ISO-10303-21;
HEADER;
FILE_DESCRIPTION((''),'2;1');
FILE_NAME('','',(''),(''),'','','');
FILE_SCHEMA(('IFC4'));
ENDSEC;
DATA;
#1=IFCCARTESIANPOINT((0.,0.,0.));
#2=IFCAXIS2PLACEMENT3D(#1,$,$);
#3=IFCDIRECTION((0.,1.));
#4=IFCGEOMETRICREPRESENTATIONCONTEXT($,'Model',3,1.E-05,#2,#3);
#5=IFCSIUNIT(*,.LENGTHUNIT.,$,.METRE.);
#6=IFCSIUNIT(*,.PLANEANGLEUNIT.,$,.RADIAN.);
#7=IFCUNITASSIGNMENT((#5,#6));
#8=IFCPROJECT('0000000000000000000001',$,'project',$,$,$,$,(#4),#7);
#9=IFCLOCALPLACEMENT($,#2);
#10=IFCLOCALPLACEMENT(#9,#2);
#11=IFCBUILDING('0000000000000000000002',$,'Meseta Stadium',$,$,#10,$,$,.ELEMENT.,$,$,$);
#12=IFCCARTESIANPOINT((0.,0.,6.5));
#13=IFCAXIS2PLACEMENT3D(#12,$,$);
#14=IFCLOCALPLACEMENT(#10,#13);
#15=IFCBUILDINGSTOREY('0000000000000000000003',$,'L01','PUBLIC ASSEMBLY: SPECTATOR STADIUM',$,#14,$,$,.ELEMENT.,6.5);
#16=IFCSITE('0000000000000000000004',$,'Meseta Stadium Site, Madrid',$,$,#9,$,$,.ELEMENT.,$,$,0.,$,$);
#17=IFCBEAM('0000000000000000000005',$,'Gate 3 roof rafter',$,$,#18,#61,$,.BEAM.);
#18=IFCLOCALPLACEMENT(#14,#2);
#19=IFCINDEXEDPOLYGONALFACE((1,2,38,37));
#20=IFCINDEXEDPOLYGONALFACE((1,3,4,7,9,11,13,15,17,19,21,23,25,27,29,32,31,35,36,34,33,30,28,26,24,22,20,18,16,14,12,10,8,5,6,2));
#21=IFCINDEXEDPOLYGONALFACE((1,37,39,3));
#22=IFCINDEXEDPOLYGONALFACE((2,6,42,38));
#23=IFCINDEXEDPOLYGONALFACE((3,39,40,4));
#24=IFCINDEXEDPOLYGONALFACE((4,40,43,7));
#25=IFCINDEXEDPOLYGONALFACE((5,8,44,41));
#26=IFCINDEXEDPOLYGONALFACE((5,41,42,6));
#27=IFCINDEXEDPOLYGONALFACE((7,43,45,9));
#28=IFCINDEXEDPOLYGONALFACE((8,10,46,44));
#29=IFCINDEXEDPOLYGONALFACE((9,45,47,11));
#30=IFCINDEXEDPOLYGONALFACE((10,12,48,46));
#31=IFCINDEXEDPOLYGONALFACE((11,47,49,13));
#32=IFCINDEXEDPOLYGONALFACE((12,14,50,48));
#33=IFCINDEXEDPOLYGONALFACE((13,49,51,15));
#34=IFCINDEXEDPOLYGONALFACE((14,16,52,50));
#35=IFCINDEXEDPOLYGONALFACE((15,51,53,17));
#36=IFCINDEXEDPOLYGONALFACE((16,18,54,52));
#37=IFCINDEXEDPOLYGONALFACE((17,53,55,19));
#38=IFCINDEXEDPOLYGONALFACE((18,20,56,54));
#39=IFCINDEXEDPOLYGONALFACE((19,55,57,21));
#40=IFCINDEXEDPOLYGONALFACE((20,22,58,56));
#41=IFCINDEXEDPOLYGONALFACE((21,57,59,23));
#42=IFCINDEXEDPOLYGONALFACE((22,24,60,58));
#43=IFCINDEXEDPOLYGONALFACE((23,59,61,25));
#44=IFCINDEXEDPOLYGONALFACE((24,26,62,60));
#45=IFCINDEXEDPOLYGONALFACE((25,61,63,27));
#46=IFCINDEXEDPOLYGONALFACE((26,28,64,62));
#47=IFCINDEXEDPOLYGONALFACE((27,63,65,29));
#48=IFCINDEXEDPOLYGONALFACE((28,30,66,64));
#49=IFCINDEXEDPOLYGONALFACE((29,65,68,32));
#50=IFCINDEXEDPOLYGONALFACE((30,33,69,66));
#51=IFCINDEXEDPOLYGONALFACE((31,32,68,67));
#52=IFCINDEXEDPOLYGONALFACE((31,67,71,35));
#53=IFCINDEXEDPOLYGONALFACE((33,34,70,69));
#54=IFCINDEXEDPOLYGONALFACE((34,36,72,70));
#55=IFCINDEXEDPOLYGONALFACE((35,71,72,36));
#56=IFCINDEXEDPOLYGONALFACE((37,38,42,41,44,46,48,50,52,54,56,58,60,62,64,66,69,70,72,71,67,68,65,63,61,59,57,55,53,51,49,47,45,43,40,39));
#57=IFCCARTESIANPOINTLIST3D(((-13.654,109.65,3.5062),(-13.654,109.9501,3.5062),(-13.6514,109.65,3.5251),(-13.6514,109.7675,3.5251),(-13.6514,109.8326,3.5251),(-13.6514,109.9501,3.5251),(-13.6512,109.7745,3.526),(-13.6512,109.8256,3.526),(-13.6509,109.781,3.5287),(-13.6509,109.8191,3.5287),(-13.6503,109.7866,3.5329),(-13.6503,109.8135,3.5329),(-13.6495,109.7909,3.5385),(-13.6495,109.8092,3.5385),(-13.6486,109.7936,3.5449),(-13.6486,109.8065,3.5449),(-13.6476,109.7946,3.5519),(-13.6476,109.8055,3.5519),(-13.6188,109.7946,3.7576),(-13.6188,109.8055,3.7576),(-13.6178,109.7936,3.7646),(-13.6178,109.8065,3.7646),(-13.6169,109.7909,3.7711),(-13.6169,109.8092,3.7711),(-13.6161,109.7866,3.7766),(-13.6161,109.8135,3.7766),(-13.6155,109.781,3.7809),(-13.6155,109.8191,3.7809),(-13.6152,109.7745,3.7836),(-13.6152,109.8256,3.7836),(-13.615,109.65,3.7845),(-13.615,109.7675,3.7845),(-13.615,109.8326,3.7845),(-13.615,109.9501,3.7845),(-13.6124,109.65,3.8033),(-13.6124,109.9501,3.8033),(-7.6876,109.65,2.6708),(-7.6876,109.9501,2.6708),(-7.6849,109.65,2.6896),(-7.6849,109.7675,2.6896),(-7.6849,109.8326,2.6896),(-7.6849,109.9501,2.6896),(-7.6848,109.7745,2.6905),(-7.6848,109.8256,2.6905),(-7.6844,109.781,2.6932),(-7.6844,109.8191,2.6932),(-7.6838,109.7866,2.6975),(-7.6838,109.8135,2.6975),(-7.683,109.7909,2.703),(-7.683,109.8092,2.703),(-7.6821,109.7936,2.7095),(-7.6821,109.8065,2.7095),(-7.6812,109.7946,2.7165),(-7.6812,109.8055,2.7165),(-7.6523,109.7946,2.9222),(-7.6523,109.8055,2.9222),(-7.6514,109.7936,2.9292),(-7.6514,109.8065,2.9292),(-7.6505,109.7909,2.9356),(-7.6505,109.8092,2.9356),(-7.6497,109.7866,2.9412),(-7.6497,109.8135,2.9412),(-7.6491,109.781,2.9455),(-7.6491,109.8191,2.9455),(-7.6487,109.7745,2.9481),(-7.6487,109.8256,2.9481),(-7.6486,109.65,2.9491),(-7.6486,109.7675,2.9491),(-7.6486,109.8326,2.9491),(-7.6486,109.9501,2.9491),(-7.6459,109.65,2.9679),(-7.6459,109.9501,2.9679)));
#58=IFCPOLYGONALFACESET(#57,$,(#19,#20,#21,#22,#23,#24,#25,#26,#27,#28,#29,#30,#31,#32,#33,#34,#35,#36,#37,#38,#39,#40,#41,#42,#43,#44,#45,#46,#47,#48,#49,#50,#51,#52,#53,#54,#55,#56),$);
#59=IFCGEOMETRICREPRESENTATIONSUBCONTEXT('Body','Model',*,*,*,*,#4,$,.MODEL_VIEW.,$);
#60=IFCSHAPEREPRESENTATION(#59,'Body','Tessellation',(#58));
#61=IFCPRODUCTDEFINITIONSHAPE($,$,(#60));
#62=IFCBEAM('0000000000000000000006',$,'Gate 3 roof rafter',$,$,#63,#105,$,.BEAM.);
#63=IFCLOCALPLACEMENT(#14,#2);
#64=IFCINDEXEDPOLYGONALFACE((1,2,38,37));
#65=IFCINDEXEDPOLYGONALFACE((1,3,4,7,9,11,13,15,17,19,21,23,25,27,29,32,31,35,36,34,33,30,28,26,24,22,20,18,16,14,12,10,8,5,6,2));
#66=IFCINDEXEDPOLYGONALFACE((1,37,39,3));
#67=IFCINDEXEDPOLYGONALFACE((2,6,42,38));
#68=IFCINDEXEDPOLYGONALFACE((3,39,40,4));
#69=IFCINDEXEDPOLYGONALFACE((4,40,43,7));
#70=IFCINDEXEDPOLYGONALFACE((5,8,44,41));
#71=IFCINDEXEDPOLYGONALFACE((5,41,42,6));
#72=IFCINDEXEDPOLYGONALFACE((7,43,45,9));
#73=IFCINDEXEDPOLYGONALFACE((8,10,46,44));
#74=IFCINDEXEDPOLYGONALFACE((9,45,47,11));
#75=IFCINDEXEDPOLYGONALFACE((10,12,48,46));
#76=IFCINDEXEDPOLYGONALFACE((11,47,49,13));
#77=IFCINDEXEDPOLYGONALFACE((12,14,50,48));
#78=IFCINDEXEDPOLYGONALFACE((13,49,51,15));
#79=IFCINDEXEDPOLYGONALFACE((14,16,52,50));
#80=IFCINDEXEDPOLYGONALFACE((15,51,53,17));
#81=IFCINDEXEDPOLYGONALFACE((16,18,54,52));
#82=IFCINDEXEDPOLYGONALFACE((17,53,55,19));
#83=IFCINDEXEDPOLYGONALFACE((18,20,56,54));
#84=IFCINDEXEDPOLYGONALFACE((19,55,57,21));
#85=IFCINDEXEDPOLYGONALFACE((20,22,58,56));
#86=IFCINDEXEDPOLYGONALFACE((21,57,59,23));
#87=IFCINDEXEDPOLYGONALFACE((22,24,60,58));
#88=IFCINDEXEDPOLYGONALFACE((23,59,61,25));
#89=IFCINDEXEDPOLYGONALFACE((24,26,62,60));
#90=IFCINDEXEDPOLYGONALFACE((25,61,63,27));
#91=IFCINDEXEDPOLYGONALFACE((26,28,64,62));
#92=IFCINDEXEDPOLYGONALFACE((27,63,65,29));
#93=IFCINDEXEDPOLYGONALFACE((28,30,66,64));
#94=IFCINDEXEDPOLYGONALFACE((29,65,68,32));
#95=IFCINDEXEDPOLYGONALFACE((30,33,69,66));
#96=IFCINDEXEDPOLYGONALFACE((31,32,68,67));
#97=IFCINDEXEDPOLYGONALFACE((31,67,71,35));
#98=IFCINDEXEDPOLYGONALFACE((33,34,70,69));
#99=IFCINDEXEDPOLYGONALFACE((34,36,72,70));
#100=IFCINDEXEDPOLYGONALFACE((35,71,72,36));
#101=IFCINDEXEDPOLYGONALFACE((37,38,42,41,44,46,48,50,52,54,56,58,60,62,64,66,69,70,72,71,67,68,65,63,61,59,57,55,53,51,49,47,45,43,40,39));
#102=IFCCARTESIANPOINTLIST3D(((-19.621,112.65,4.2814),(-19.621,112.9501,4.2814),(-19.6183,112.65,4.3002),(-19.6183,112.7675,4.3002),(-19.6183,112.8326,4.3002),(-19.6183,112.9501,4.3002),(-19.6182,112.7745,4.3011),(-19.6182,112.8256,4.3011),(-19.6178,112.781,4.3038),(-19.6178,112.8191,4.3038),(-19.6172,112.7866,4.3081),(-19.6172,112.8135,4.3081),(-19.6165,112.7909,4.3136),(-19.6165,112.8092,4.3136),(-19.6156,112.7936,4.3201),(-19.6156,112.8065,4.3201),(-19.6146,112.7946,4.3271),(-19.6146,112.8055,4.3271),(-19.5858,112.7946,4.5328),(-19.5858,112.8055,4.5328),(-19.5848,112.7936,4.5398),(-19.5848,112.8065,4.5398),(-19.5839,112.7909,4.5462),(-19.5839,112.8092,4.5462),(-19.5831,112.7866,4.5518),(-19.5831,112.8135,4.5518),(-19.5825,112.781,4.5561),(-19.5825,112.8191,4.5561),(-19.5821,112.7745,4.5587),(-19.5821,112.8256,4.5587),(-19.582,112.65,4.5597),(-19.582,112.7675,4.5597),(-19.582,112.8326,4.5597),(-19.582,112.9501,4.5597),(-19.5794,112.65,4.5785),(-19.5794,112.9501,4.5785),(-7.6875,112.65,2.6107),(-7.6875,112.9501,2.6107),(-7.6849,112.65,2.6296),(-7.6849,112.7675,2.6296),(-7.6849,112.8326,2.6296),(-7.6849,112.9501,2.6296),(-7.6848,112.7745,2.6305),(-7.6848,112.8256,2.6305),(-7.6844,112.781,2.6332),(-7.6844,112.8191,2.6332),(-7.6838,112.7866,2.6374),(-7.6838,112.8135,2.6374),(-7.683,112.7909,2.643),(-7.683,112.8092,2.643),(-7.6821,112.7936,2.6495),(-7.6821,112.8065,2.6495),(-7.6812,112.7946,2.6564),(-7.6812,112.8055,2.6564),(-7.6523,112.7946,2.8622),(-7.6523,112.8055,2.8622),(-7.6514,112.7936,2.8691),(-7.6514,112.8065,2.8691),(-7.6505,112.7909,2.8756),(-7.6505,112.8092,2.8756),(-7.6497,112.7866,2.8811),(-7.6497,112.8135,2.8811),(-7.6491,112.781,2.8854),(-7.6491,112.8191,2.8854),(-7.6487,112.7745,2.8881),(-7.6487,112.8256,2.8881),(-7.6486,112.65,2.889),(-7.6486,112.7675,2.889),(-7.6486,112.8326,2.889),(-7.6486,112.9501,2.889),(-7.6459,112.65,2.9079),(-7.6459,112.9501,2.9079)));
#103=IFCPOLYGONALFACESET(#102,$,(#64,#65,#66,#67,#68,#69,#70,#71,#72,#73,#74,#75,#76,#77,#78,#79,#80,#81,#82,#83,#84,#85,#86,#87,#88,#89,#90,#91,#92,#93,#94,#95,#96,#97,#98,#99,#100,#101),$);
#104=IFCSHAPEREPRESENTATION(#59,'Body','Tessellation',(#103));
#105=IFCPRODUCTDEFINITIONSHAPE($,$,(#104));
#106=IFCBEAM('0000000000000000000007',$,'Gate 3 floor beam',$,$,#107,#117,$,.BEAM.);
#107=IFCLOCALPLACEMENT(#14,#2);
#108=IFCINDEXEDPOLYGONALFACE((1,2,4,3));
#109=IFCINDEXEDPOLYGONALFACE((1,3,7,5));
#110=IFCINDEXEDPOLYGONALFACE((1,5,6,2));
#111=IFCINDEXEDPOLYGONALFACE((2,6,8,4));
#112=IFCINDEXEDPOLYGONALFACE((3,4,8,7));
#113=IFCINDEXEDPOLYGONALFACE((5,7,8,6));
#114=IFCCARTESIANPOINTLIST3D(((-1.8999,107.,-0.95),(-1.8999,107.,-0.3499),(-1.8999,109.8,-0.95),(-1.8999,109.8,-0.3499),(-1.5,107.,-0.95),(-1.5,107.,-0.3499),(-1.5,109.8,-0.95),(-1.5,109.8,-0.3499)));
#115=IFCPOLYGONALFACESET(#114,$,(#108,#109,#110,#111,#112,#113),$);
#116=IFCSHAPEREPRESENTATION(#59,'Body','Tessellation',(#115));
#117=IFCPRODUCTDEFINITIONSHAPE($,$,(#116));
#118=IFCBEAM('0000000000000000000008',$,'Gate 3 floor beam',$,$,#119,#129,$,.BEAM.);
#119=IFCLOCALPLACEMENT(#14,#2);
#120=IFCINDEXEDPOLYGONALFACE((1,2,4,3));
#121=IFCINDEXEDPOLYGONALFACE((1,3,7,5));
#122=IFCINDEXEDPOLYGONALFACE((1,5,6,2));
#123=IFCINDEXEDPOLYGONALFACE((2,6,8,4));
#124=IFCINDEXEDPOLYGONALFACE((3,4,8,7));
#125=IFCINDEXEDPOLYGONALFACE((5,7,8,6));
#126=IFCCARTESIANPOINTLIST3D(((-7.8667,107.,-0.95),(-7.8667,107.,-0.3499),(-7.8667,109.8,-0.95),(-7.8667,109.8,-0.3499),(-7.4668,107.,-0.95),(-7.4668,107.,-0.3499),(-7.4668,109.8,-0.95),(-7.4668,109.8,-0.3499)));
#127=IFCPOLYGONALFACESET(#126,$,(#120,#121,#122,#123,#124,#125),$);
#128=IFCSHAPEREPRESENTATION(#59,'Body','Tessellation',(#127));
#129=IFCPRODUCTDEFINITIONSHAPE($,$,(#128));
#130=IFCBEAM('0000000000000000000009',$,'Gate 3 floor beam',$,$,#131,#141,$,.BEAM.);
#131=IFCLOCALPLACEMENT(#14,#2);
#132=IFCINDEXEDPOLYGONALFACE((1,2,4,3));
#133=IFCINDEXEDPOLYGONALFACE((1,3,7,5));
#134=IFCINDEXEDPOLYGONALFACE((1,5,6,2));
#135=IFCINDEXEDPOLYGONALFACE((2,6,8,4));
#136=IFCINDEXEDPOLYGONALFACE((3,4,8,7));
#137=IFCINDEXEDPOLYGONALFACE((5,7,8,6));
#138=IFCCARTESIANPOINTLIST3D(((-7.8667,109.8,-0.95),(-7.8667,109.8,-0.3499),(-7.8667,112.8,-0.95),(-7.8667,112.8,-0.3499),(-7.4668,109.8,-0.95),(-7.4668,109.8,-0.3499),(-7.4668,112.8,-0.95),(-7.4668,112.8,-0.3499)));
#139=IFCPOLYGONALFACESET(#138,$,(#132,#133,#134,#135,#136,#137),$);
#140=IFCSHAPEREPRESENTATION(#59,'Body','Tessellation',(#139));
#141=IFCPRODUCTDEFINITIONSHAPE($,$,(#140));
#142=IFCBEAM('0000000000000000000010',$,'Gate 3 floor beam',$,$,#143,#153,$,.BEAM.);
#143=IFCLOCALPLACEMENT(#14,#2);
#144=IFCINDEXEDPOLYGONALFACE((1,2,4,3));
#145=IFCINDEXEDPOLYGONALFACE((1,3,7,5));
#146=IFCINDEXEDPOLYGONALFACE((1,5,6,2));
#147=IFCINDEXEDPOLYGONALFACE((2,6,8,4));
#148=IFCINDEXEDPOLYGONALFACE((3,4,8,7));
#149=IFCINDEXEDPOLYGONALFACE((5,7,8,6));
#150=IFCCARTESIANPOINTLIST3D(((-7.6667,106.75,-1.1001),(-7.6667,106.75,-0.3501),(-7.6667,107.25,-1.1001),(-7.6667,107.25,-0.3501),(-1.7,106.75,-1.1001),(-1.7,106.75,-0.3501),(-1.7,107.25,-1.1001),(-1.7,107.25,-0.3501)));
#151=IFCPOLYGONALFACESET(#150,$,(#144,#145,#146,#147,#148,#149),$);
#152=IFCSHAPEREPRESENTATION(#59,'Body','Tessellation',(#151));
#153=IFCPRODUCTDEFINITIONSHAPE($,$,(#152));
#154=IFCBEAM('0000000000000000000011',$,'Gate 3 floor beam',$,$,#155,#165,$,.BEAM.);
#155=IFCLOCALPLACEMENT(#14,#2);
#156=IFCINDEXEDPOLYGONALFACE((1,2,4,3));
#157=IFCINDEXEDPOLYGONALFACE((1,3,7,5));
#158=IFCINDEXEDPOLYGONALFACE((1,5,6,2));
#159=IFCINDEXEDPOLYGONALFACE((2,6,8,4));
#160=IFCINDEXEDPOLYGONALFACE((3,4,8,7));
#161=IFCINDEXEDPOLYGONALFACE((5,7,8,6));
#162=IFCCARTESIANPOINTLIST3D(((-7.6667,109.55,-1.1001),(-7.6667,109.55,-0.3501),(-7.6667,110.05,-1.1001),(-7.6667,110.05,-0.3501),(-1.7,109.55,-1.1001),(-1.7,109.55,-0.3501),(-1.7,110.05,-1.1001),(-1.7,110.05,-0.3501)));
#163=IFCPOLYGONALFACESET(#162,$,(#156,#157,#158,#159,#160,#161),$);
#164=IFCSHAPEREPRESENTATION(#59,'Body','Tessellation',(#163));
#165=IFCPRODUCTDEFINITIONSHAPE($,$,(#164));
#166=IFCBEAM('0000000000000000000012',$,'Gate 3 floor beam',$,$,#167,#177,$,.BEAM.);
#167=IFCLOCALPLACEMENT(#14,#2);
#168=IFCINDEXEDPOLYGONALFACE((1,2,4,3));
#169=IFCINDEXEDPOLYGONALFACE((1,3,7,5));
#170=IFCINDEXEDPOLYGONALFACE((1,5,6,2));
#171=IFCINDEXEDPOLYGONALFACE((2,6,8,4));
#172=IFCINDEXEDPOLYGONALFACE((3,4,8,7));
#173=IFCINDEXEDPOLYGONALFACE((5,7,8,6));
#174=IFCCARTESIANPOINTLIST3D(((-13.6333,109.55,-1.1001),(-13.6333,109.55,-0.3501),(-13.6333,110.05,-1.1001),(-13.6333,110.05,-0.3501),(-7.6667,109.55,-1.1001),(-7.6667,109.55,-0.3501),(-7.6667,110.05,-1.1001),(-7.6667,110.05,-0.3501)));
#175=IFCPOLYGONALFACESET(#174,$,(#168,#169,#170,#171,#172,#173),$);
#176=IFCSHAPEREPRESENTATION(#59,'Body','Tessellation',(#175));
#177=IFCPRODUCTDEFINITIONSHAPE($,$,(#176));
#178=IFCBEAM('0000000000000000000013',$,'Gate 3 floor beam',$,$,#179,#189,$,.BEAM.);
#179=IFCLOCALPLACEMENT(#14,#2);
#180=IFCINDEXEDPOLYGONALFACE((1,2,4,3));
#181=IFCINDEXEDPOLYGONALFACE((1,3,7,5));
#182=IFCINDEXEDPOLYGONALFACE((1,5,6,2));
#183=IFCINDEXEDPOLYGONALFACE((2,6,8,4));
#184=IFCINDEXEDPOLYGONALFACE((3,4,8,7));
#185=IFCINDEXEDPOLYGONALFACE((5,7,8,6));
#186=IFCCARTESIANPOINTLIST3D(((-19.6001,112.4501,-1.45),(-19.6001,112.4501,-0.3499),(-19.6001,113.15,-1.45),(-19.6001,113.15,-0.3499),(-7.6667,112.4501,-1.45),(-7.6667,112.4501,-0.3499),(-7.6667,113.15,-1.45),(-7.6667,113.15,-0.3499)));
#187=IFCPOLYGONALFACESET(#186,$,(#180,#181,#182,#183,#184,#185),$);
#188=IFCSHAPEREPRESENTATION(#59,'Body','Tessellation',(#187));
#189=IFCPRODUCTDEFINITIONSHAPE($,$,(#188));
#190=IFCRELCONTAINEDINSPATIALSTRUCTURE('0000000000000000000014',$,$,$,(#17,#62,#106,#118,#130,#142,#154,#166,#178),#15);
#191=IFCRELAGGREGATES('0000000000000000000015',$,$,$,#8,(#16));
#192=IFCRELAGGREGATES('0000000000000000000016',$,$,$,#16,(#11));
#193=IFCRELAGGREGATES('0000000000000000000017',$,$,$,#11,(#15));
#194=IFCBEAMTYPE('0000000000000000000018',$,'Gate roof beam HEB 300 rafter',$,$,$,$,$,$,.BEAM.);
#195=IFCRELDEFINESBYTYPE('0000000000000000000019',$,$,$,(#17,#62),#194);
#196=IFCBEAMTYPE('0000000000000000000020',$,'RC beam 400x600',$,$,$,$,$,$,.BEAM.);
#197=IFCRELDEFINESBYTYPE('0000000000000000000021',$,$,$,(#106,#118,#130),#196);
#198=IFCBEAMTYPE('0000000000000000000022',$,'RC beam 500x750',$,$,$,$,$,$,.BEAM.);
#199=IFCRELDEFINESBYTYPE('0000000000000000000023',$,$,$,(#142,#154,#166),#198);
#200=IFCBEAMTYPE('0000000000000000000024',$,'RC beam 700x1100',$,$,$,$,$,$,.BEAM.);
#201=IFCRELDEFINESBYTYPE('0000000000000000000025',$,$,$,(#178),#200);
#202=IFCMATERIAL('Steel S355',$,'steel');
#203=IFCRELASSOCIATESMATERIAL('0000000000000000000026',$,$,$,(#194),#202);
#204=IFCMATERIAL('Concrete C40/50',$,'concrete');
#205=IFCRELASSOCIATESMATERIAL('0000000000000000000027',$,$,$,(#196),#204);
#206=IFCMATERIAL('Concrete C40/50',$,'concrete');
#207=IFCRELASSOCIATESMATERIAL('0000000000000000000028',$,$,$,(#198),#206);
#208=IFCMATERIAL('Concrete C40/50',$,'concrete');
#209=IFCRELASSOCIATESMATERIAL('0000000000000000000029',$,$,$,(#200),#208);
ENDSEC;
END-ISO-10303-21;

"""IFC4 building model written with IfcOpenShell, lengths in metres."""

from ifc_helpers import new_model, si_unit, direction, frame, origin, origin_2d, place, context, subcontext, project, spatial, rectangle, i_section, extrude, material, material_profile, profile_set, type_object, element, save


model = new_model("IFC4")

# Units and contexts
model_context = context("Model", 3, precision=1e-05, world=origin(), true_north=direction((0.0, 1.0)))
body_context = subcontext(model_context, "Body", "Model", "MODEL_VIEW")
ifc_project = project(units=[si_unit("LENGTHUNIT", "METRE"), si_unit("PLANEANGLEUNIT", "RADIAN")], contexts=[model_context])

# Site, building, storey
site_placement = place(None, origin())
site = spatial("IfcSite", under=ifc_project, at=site_placement, Name="Meseta Stadium Site, Madrid", CompositionType="ELEMENT", RefElevation=0.0)
building_placement = place(site_placement, origin())
building = spatial("IfcBuilding", under=site, at=building_placement, Name="Meseta Stadium", CompositionType="ELEMENT")
storey_placement = place(building_placement, frame((0.0, 0.0, 6.5)))
storey = spatial("IfcBuildingStorey", under=building, at=storey_placement, Name="L01", Description="PUBLIC ASSEMBLY: SPECTATOR STADIUM", CompositionType="ELEMENT", Elevation=6.5)

# Beams
ifc_material_1 = material(Name="Steel S355", Category="steel")
ifc_material_profile_1 = material_profile(ifc_material_1, i_section(OverallWidth=0.3, OverallDepth=0.3, WebThickness=0.011, FlangeThickness=0.019, FilletRadius=0.0271, at=origin_2d()), Name="HEB 300")
ifc_profile_set_1 = profile_set([ifc_material_profile_1], Name="Steel S355")
beam_type_1 = type_object("IfcBeamType", Name="Gate roof beam HEB 300 rafter", PredefinedType="BEAM", material=ifc_profile_set_1)
beam_1_placement = place(storey_placement, frame((-7.6667, 109.8, 2.8193), z_axis=(-0.990339, 0.0, 0.138669), x_axis=(0.0, -1.0, 0.0)))
element("IfcBeam", 1, at=beam_1_placement, inside=storey, type_object=beam_type_1, Name="Gate 3 roof rafter", PredefinedType="BEAM", context=body_context, shape_type="SweptSolid", body=[
    extrude(i_section(OverallWidth=0.3, OverallDepth=0.3, WebThickness=0.011, FlangeThickness=0.019, FilletRadius=0.0271, at=origin_2d()), origin(), (0.0, 0.0, 1.0), 6.0247),
])
beam_2_placement = place(storey_placement, frame((-7.6667, 112.8, 2.7593), z_axis=(-0.990342, 0.0, 0.138647), x_axis=(0.0, -1.0, 0.0)))
element("IfcBeam", 2, at=beam_2_placement, inside=storey, type_object=beam_type_1, Name="Gate 3 roof rafter", PredefinedType="BEAM", context=body_context, shape_type="SweptSolid", body=[
    extrude(i_section(OverallWidth=0.3, OverallDepth=0.3, WebThickness=0.011, FlangeThickness=0.019, FilletRadius=0.0271, at=origin_2d()), origin(), (0.0, 0.0, 1.0), 12.0498),
])
ifc_material_2 = material(Name="Concrete C40/50", Category="concrete")
ifc_material_profile_2 = material_profile(ifc_material_2, rectangle(XDim=0.3999, YDim=0.6001, at=origin_2d()), Name="RC 400x600")
ifc_profile_set_2 = profile_set([ifc_material_profile_2], Name="Concrete C40/50")
beam_type_2 = type_object("IfcBeamType", Name="RC beam 400x600", PredefinedType="BEAM", material=ifc_profile_set_2)
for number, where, z_axis, x_axis, name in (
    (3, (-1.7, 107.0, -0.6499), (0.0, 1.0, 0.0), (-1.0, 0.0, 0.0), "Gate 3 floor beam"),
    (4, (-7.6667, 107.0, -0.6499), (0.0, 1.0, 0.0), (-1.0, 0.0, 0.0), "Gate 3 floor beam"),
):
    element("IfcBeam", number, at=place(storey_placement, frame(where, z_axis=z_axis, x_axis=x_axis)), inside=storey, type_object=beam_type_2, Name=name, PredefinedType="BEAM", context=body_context, shape_type="SweptSolid", body=[
        extrude(rectangle(XDim=0.3999, YDim=0.6001, at=origin_2d()), origin(), (0.0, 0.0, 1.0), 2.8),
    ])
beam_3_placement = place(storey_placement, frame((-7.6667, 109.8, -0.6499), z_axis=(0.0, 1.0, 0.0), x_axis=(-1.0, 0.0, 0.0)))
element("IfcBeam", 5, at=beam_3_placement, inside=storey, type_object=beam_type_2, Name="Gate 3 floor beam", PredefinedType="BEAM", context=body_context, shape_type="SweptSolid", body=[
    extrude(rectangle(XDim=0.3999, YDim=0.6001, at=origin_2d()), origin(), (0.0, 0.0, 1.0), 3.0),
])
ifc_material_3 = material(Name="Concrete C40/50", Category="concrete")
ifc_material_profile_3 = material_profile(ifc_material_3, rectangle(XDim=0.5, YDim=0.75, at=origin_2d()), Name="RC 500x750")
ifc_profile_set_3 = profile_set([ifc_material_profile_3], Name="Concrete C40/50")
beam_type_3 = type_object("IfcBeamType", Name="RC beam 500x750", PredefinedType="BEAM", material=ifc_profile_set_3)
for number, where, z_axis, x_axis, name in (
    (6, (-1.7, 107.0, -0.7251), (-1.0, 0.0, 0.0), (0.0, -1.0, 0.0), "Gate 3 floor beam"),
    (7, (-1.7, 109.8, -0.7251), (-1.0, 0.0, 0.0), (0.0, -1.0, 0.0), "Gate 3 floor beam"),
):
    element("IfcBeam", number, at=place(storey_placement, frame(where, z_axis=z_axis, x_axis=x_axis)), inside=storey, type_object=beam_type_3, Name=name, PredefinedType="BEAM", context=body_context, shape_type="SweptSolid", body=[
        extrude(rectangle(XDim=0.5, YDim=0.75, at=origin_2d()), origin(), (0.0, 0.0, 1.0), 5.9668),
    ])
beam_4_placement = place(storey_placement, frame((-7.6667, 109.8, -0.7251), z_axis=(-1.0, 0.0, 0.0), x_axis=(0.0, -1.0, 0.0)))
element("IfcBeam", 8, at=beam_4_placement, inside=storey, type_object=beam_type_3, Name="Gate 3 floor beam", PredefinedType="BEAM", context=body_context, shape_type="SweptSolid", body=[
    extrude(rectangle(XDim=0.5, YDim=0.75, at=origin_2d()), origin(), (0.0, 0.0, 1.0), 5.9666),
])
ifc_material_4 = material(Name="Concrete C40/50", Category="concrete")
ifc_material_profile_4 = material_profile(ifc_material_4, rectangle(XDim=0.7, YDim=1.1001, at=origin_2d()), Name="RC 700x1100")
ifc_profile_set_4 = profile_set([ifc_material_profile_4], Name="Concrete C40/50")
beam_type_4 = type_object("IfcBeamType", Name="RC beam 700x1100", PredefinedType="BEAM", material=ifc_profile_set_4)
beam_5_placement = place(storey_placement, frame((-7.6667, 112.8, -0.8999), z_axis=(-1.0, 0.0, 0.0), x_axis=(0.0, -1.0, 0.0)))
element("IfcBeam", 9, at=beam_5_placement, inside=storey, type_object=beam_type_4, Name="Gate 3 floor beam", PredefinedType="BEAM", context=body_context, shape_type="SweptSolid", body=[
    extrude(rectangle(XDim=0.7, YDim=1.1001, at=origin_2d()), origin(), (0.0, 0.0, 1.0), 11.9333),
])

save(model, "model.ifc")
